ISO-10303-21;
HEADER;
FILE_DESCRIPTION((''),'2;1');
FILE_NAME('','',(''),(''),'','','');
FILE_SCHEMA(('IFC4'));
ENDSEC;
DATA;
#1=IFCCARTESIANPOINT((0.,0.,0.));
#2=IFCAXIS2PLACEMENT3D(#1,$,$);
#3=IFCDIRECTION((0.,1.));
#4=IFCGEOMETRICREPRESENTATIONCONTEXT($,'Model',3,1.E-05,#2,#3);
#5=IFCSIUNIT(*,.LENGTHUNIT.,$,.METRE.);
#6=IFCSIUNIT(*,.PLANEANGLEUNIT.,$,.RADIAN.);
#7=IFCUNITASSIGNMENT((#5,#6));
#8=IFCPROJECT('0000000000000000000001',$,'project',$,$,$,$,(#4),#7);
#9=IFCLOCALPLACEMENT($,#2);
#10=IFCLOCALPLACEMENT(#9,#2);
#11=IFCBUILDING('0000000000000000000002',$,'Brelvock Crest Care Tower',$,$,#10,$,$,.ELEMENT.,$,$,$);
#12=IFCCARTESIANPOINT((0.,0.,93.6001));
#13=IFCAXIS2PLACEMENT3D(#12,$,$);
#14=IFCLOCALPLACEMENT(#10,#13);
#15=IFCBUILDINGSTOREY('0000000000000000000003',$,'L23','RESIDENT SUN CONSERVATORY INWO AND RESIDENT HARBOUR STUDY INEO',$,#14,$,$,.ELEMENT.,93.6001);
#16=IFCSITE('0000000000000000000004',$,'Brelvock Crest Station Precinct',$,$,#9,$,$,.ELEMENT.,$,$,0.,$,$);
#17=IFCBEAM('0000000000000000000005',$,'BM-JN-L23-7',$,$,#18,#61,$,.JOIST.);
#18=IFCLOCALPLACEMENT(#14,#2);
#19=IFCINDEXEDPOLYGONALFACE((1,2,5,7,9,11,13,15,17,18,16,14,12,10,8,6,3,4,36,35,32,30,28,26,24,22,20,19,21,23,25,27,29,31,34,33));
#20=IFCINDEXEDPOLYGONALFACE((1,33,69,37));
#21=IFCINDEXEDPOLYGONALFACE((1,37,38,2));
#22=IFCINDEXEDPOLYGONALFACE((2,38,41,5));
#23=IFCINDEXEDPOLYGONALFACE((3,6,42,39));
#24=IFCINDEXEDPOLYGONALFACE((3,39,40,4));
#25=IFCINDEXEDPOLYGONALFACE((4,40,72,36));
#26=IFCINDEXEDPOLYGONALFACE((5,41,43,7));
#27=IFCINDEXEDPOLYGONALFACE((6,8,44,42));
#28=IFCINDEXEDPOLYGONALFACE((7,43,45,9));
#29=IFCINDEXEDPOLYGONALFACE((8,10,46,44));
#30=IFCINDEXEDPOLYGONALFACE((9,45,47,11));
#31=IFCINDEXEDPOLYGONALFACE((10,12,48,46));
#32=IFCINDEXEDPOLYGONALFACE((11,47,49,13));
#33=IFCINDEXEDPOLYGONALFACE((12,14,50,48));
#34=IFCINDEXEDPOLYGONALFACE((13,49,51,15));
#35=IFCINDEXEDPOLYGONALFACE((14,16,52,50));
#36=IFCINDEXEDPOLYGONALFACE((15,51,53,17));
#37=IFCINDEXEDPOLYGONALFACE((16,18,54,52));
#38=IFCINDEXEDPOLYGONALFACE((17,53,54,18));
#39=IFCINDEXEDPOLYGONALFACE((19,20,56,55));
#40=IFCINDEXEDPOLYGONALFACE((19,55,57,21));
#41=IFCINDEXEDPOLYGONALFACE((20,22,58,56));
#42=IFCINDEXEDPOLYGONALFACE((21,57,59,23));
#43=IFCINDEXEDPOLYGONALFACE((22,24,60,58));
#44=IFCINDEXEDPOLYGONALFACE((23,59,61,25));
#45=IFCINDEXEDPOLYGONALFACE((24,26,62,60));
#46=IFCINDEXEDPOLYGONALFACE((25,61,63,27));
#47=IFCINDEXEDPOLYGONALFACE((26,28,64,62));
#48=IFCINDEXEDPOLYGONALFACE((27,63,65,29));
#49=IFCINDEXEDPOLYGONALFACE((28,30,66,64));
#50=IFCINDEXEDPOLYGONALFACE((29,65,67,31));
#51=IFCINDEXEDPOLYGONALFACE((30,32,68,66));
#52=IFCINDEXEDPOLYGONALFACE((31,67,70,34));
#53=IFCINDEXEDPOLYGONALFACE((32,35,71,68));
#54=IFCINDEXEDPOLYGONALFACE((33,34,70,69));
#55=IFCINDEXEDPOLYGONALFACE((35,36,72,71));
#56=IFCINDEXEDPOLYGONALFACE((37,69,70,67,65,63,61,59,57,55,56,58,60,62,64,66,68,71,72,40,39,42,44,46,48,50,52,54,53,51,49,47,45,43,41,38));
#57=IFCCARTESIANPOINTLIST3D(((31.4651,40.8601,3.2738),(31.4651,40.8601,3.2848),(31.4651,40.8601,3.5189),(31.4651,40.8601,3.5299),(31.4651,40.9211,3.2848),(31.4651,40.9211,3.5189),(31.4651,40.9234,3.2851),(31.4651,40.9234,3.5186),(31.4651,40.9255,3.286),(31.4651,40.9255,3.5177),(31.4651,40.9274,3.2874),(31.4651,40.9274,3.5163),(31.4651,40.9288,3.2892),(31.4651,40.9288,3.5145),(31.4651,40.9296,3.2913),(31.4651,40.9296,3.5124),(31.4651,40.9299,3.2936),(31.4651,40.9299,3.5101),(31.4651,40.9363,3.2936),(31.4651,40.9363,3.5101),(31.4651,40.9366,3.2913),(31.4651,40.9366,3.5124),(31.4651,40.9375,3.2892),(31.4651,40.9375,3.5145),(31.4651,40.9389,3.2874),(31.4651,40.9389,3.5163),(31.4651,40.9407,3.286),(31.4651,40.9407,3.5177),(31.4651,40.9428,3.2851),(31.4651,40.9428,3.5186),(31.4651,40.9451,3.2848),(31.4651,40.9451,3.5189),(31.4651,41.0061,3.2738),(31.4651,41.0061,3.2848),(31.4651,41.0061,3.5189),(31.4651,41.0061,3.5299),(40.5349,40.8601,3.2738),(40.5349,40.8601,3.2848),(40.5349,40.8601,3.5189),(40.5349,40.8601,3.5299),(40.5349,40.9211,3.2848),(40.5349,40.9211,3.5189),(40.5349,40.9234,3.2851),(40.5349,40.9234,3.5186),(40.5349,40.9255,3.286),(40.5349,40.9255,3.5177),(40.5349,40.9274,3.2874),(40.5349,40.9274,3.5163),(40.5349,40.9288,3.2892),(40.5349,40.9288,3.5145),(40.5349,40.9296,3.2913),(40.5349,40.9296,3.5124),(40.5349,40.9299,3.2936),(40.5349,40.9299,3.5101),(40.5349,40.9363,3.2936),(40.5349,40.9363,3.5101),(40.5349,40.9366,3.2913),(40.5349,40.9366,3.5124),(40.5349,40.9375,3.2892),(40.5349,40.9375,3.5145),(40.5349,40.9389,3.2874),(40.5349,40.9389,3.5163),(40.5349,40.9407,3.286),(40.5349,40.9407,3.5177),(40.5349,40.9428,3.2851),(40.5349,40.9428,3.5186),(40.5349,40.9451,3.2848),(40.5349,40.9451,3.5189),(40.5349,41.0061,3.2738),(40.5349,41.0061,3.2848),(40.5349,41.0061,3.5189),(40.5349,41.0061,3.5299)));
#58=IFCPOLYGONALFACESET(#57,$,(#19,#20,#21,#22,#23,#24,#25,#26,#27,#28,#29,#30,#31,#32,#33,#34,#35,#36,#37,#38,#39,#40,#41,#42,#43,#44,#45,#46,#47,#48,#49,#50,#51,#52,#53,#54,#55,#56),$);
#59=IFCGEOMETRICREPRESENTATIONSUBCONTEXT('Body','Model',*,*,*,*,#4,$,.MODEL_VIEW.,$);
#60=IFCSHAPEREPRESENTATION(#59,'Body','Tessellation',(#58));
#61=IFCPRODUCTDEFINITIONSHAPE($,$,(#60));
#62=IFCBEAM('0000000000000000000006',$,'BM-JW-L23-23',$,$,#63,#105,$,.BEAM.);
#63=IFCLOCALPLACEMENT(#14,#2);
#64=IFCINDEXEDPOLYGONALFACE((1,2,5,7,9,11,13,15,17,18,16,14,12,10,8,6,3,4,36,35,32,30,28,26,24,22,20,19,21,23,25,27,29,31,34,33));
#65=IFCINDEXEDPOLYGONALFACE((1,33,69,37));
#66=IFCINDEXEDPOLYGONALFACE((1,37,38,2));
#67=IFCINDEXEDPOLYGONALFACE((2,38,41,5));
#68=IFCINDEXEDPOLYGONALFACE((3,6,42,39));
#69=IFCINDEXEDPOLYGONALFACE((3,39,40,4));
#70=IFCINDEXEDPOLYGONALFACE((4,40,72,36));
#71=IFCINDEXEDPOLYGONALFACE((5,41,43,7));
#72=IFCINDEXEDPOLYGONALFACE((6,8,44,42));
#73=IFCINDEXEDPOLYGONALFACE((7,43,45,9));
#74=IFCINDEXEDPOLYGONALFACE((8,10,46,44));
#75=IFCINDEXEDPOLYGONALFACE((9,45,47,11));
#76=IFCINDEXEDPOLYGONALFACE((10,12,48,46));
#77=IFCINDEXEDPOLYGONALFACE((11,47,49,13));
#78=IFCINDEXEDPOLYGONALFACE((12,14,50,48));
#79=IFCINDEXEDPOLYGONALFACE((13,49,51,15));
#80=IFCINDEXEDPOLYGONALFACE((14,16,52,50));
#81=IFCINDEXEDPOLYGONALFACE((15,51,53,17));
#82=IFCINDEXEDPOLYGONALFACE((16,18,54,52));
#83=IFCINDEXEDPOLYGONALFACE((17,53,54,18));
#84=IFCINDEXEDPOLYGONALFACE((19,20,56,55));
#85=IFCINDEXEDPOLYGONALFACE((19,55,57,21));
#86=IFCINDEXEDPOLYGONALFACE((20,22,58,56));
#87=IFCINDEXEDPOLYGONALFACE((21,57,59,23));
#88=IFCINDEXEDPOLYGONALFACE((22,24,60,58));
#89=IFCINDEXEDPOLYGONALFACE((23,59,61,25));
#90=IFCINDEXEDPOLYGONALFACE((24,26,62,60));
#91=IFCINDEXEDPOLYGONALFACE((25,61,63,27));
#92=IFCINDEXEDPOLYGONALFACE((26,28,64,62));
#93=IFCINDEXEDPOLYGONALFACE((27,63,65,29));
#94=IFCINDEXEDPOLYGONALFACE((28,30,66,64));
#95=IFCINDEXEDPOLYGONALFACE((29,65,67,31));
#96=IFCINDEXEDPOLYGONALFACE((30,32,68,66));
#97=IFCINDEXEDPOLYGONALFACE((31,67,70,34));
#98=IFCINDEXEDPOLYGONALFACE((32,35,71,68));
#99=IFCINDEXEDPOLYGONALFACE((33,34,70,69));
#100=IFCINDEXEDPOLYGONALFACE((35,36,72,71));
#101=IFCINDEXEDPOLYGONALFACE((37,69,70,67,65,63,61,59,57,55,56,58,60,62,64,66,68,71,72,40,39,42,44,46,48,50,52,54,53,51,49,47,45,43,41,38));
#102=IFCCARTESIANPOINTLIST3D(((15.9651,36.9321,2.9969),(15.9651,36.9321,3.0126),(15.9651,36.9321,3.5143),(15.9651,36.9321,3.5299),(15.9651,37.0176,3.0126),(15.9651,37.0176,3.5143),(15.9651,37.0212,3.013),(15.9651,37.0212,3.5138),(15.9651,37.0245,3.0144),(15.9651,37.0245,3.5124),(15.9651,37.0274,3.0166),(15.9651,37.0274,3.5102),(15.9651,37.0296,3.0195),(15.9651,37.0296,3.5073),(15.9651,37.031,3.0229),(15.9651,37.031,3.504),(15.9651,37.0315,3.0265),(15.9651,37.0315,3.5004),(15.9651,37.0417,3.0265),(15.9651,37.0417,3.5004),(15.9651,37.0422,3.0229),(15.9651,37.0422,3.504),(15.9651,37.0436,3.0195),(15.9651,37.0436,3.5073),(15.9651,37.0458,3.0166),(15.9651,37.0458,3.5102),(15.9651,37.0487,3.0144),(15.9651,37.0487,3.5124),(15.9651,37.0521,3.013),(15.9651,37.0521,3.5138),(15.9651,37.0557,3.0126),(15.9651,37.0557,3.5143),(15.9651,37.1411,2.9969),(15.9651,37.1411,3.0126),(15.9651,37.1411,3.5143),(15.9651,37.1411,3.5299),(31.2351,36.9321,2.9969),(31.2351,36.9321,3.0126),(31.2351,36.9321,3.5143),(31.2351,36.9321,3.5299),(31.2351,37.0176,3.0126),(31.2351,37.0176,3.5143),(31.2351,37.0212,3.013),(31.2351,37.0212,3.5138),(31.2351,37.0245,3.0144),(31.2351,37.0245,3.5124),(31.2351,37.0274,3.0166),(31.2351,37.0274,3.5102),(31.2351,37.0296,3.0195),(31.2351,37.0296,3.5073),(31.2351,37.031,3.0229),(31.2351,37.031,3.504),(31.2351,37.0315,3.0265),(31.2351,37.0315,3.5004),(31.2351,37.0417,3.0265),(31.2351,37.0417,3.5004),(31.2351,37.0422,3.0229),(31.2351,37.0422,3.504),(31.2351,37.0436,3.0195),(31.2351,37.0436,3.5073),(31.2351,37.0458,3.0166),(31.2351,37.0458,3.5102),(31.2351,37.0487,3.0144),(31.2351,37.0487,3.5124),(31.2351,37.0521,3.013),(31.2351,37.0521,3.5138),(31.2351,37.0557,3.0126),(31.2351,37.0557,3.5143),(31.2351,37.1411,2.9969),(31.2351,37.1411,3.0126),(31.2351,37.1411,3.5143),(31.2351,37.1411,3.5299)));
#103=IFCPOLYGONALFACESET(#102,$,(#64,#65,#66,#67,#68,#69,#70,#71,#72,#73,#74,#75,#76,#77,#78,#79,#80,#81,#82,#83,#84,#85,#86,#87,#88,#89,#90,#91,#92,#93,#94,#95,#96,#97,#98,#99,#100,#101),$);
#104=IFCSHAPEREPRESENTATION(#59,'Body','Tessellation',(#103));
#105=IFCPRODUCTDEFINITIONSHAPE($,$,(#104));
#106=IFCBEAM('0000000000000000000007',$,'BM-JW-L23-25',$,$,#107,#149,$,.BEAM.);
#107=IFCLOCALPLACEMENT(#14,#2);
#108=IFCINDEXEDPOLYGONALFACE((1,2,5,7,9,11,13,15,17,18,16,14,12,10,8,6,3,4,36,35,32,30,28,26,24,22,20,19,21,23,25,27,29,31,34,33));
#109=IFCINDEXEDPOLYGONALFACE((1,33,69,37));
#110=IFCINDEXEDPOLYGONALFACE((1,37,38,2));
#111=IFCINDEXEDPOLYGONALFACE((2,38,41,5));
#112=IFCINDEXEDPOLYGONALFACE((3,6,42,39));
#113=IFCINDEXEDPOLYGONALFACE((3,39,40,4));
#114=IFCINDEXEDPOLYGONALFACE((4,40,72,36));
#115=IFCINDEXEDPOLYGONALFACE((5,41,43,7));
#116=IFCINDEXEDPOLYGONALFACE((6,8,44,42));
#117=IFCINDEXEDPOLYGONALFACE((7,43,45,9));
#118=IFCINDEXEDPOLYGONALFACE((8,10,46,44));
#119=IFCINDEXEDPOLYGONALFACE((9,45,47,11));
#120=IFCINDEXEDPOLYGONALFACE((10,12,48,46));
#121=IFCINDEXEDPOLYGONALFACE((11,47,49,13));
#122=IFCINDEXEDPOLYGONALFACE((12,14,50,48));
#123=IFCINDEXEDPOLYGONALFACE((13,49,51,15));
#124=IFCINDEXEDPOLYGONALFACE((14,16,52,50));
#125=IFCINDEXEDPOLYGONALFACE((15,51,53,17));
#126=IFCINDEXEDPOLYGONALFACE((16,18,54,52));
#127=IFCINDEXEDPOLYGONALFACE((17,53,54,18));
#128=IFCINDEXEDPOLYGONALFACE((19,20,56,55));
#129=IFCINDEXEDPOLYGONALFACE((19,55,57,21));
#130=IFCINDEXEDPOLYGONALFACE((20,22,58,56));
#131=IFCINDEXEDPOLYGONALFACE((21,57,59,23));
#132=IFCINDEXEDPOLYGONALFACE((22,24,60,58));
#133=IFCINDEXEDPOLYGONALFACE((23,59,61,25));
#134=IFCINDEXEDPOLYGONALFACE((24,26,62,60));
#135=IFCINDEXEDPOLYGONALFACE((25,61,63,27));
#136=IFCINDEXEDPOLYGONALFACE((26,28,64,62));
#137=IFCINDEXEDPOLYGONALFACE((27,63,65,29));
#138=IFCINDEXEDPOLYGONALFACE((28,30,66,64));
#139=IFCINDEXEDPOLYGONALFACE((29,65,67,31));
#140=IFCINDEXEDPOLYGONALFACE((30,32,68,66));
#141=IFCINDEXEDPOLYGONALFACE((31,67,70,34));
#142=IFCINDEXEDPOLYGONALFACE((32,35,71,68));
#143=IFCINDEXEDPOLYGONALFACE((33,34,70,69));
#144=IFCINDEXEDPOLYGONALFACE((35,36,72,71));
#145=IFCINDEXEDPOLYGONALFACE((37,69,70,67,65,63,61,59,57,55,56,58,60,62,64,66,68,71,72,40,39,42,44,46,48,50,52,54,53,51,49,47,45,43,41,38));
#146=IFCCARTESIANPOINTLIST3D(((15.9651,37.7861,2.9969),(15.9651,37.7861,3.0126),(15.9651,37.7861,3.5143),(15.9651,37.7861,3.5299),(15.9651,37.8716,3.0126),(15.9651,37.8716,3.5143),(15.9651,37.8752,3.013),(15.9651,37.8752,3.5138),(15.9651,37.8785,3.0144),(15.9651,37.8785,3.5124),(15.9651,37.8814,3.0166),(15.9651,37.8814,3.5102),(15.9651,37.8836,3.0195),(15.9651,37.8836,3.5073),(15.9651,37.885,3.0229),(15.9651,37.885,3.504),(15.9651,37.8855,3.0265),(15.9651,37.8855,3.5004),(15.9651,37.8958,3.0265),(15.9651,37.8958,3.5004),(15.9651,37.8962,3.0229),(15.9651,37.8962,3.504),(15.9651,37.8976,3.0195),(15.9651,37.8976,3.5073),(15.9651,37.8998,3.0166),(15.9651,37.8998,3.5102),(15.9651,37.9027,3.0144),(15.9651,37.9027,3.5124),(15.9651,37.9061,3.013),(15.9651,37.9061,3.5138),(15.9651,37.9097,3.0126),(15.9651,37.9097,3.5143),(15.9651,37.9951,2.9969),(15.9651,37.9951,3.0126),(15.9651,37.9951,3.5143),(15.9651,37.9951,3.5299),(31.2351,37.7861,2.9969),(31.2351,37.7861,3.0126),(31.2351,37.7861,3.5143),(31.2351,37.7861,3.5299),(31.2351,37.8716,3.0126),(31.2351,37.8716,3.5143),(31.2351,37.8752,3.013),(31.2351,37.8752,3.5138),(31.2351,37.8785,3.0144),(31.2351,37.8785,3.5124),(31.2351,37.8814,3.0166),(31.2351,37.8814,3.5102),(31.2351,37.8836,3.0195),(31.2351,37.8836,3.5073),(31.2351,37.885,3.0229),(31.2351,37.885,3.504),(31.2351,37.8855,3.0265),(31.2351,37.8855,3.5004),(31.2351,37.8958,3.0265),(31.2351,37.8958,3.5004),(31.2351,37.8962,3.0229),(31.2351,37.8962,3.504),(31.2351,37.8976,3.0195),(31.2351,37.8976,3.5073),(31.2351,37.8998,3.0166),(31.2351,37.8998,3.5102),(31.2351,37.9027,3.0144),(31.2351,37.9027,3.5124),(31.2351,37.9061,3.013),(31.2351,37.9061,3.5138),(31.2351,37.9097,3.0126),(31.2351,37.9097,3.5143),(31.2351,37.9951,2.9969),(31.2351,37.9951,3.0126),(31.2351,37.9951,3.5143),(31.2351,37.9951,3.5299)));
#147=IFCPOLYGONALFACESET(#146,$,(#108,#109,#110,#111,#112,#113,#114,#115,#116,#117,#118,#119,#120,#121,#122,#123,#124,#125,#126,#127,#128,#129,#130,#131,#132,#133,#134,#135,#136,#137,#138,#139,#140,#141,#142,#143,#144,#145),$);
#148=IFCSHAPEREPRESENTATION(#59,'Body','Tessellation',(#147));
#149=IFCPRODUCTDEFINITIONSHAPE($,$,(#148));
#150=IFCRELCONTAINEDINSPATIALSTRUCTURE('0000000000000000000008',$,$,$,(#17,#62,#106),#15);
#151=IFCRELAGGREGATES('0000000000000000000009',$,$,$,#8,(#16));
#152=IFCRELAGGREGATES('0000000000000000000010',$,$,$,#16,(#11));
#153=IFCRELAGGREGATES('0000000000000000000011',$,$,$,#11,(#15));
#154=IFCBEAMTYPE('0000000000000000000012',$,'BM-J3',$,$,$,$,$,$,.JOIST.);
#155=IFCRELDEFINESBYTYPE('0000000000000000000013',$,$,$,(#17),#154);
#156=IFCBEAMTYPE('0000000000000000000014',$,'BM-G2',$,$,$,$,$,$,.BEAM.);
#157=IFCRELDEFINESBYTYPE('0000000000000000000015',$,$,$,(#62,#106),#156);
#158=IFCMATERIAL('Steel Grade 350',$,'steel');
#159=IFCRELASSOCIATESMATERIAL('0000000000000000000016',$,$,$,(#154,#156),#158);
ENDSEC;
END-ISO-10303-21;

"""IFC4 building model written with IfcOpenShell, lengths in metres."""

from ifc_helpers import new_model, si_unit, direction, frame, origin, origin_2d, place, context, subcontext, project, spatial, i_section, extrude, source, transform, mapped, material, material_profile, profile_set, type_object, element, save


model = new_model("IFC4")

# Units and contexts
model_context = context("Model", 3, precision=1e-05, world=origin(), true_north=direction((0.0, 1.0)))
body_context = subcontext(model_context, "Body", "Model", "MODEL_VIEW")
ifc_project = project(units=[si_unit("LENGTHUNIT", "METRE"), si_unit("PLANEANGLEUNIT", "RADIAN")], contexts=[model_context])

# Site, building, storey
site_placement = place(None, origin())
site = spatial("IfcSite", under=ifc_project, at=site_placement, Name="Brelvock Crest Station Precinct", CompositionType="ELEMENT", RefElevation=0.0)
building_placement = place(site_placement, origin())
building = spatial("IfcBuilding", under=site, at=building_placement, Name="Brelvock Crest Care Tower", CompositionType="ELEMENT")
storey_placement = place(building_placement, frame((0.0, 0.0, 93.6001)))
storey = spatial("IfcBuildingStorey", under=building, at=storey_placement, Name="L23", Description="RESIDENT SUN CONSERVATORY INWO AND RESIDENT HARBOUR STUDY INEO", CompositionType="ELEMENT", Elevation=93.6001)

# Beams
ifc_material_1 = material(Name="Steel Grade 350", Category="steel")
ifc_material_profile_1 = material_profile(ifc_material_1, i_section(OverallWidth=0.146, OverallDepth=0.2561, WebThickness=0.0063, FlangeThickness=0.011, FilletRadius=0.0088, at=origin_2d()), Name="250UB37.3")
ifc_profile_set_1 = profile_set([ifc_material_profile_1], Name="Steel Grade 350")
beam_type_1 = type_object("IfcBeamType", Name="BM-J3", PredefinedType="JOIST", material=ifc_profile_set_1)
shared_shape_1 = source(origin(), body_context, "Body", "SweptSolid", [
    extrude(i_section(OverallWidth=0.146, OverallDepth=0.2561, WebThickness=0.0063, FlangeThickness=0.011, FilletRadius=0.0088, at=origin_2d()), origin(), (0.0, 0.0, 1.0), 9.0698),
])
for number, where, z_axis, x_axis, name in (
    (1, (31.4651, 40.9331, 3.4019), (1.0, 0.0, 0.0), (0.0, 1.0, 0.0), "BM-JN-L23-7"),
):
    element("IfcBeam", number, at=place(storey_placement, frame(where, z_axis=z_axis, x_axis=x_axis)), inside=storey, type_object=beam_type_1, Name=name, PredefinedType="JOIST", context=body_context, shape_type="MappedRepresentation", body=[
        mapped(shared_shape_1, transform((0.0, 0.0, 0.0), x_axis=(1.0, 0.0, 0.0), y_axis=(0.0, 1.0, 0.0), z_axis=(0.0, 0.0, 1.0), scale=1.0)),
    ])
ifc_material_profile_2 = material_profile(ifc_material_1, i_section(OverallWidth=0.209, OverallDepth=0.533, WebThickness=0.0103, FlangeThickness=0.0156, FilletRadius=0.0139, at=origin_2d()), Name="530UB92.4")
ifc_profile_set_2 = profile_set([ifc_material_profile_2], Name="Steel Grade 350")
beam_type_2 = type_object("IfcBeamType", Name="BM-G2", PredefinedType="BEAM", material=ifc_profile_set_2)
shared_shape_2 = source(origin(), body_context, "Body", "SweptSolid", [
    extrude(i_section(OverallWidth=0.209, OverallDepth=0.533, WebThickness=0.0103, FlangeThickness=0.0156, FilletRadius=0.0139, at=origin_2d()), origin(), (0.0, 0.0, 1.0), 15.27),
])
for number, where, z_axis, x_axis, name in (
    (2, (15.9651, 37.0366, 3.2634), (1.0, 0.0, 0.0), (0.0, 1.0, 0.0), "BM-JW-L23-23"),
    (3, (15.9651, 37.8906, 3.2634), (1.0, 0.0, 0.0), (0.0, 1.0, 0.0), "BM-JW-L23-25"),
):
    element("IfcBeam", number, at=place(storey_placement, frame(where, z_axis=z_axis, x_axis=x_axis)), inside=storey, type_object=beam_type_2, Name=name, PredefinedType="BEAM", context=body_context, shape_type="MappedRepresentation", body=[
        mapped(shared_shape_2, transform((0.0, 0.0, 0.0), x_axis=(1.0, 0.0, 0.0), y_axis=(0.0, 1.0, 0.0), z_axis=(0.0, 0.0, 1.0), scale=1.0)),
    ])

save(model, "model.ifc")
